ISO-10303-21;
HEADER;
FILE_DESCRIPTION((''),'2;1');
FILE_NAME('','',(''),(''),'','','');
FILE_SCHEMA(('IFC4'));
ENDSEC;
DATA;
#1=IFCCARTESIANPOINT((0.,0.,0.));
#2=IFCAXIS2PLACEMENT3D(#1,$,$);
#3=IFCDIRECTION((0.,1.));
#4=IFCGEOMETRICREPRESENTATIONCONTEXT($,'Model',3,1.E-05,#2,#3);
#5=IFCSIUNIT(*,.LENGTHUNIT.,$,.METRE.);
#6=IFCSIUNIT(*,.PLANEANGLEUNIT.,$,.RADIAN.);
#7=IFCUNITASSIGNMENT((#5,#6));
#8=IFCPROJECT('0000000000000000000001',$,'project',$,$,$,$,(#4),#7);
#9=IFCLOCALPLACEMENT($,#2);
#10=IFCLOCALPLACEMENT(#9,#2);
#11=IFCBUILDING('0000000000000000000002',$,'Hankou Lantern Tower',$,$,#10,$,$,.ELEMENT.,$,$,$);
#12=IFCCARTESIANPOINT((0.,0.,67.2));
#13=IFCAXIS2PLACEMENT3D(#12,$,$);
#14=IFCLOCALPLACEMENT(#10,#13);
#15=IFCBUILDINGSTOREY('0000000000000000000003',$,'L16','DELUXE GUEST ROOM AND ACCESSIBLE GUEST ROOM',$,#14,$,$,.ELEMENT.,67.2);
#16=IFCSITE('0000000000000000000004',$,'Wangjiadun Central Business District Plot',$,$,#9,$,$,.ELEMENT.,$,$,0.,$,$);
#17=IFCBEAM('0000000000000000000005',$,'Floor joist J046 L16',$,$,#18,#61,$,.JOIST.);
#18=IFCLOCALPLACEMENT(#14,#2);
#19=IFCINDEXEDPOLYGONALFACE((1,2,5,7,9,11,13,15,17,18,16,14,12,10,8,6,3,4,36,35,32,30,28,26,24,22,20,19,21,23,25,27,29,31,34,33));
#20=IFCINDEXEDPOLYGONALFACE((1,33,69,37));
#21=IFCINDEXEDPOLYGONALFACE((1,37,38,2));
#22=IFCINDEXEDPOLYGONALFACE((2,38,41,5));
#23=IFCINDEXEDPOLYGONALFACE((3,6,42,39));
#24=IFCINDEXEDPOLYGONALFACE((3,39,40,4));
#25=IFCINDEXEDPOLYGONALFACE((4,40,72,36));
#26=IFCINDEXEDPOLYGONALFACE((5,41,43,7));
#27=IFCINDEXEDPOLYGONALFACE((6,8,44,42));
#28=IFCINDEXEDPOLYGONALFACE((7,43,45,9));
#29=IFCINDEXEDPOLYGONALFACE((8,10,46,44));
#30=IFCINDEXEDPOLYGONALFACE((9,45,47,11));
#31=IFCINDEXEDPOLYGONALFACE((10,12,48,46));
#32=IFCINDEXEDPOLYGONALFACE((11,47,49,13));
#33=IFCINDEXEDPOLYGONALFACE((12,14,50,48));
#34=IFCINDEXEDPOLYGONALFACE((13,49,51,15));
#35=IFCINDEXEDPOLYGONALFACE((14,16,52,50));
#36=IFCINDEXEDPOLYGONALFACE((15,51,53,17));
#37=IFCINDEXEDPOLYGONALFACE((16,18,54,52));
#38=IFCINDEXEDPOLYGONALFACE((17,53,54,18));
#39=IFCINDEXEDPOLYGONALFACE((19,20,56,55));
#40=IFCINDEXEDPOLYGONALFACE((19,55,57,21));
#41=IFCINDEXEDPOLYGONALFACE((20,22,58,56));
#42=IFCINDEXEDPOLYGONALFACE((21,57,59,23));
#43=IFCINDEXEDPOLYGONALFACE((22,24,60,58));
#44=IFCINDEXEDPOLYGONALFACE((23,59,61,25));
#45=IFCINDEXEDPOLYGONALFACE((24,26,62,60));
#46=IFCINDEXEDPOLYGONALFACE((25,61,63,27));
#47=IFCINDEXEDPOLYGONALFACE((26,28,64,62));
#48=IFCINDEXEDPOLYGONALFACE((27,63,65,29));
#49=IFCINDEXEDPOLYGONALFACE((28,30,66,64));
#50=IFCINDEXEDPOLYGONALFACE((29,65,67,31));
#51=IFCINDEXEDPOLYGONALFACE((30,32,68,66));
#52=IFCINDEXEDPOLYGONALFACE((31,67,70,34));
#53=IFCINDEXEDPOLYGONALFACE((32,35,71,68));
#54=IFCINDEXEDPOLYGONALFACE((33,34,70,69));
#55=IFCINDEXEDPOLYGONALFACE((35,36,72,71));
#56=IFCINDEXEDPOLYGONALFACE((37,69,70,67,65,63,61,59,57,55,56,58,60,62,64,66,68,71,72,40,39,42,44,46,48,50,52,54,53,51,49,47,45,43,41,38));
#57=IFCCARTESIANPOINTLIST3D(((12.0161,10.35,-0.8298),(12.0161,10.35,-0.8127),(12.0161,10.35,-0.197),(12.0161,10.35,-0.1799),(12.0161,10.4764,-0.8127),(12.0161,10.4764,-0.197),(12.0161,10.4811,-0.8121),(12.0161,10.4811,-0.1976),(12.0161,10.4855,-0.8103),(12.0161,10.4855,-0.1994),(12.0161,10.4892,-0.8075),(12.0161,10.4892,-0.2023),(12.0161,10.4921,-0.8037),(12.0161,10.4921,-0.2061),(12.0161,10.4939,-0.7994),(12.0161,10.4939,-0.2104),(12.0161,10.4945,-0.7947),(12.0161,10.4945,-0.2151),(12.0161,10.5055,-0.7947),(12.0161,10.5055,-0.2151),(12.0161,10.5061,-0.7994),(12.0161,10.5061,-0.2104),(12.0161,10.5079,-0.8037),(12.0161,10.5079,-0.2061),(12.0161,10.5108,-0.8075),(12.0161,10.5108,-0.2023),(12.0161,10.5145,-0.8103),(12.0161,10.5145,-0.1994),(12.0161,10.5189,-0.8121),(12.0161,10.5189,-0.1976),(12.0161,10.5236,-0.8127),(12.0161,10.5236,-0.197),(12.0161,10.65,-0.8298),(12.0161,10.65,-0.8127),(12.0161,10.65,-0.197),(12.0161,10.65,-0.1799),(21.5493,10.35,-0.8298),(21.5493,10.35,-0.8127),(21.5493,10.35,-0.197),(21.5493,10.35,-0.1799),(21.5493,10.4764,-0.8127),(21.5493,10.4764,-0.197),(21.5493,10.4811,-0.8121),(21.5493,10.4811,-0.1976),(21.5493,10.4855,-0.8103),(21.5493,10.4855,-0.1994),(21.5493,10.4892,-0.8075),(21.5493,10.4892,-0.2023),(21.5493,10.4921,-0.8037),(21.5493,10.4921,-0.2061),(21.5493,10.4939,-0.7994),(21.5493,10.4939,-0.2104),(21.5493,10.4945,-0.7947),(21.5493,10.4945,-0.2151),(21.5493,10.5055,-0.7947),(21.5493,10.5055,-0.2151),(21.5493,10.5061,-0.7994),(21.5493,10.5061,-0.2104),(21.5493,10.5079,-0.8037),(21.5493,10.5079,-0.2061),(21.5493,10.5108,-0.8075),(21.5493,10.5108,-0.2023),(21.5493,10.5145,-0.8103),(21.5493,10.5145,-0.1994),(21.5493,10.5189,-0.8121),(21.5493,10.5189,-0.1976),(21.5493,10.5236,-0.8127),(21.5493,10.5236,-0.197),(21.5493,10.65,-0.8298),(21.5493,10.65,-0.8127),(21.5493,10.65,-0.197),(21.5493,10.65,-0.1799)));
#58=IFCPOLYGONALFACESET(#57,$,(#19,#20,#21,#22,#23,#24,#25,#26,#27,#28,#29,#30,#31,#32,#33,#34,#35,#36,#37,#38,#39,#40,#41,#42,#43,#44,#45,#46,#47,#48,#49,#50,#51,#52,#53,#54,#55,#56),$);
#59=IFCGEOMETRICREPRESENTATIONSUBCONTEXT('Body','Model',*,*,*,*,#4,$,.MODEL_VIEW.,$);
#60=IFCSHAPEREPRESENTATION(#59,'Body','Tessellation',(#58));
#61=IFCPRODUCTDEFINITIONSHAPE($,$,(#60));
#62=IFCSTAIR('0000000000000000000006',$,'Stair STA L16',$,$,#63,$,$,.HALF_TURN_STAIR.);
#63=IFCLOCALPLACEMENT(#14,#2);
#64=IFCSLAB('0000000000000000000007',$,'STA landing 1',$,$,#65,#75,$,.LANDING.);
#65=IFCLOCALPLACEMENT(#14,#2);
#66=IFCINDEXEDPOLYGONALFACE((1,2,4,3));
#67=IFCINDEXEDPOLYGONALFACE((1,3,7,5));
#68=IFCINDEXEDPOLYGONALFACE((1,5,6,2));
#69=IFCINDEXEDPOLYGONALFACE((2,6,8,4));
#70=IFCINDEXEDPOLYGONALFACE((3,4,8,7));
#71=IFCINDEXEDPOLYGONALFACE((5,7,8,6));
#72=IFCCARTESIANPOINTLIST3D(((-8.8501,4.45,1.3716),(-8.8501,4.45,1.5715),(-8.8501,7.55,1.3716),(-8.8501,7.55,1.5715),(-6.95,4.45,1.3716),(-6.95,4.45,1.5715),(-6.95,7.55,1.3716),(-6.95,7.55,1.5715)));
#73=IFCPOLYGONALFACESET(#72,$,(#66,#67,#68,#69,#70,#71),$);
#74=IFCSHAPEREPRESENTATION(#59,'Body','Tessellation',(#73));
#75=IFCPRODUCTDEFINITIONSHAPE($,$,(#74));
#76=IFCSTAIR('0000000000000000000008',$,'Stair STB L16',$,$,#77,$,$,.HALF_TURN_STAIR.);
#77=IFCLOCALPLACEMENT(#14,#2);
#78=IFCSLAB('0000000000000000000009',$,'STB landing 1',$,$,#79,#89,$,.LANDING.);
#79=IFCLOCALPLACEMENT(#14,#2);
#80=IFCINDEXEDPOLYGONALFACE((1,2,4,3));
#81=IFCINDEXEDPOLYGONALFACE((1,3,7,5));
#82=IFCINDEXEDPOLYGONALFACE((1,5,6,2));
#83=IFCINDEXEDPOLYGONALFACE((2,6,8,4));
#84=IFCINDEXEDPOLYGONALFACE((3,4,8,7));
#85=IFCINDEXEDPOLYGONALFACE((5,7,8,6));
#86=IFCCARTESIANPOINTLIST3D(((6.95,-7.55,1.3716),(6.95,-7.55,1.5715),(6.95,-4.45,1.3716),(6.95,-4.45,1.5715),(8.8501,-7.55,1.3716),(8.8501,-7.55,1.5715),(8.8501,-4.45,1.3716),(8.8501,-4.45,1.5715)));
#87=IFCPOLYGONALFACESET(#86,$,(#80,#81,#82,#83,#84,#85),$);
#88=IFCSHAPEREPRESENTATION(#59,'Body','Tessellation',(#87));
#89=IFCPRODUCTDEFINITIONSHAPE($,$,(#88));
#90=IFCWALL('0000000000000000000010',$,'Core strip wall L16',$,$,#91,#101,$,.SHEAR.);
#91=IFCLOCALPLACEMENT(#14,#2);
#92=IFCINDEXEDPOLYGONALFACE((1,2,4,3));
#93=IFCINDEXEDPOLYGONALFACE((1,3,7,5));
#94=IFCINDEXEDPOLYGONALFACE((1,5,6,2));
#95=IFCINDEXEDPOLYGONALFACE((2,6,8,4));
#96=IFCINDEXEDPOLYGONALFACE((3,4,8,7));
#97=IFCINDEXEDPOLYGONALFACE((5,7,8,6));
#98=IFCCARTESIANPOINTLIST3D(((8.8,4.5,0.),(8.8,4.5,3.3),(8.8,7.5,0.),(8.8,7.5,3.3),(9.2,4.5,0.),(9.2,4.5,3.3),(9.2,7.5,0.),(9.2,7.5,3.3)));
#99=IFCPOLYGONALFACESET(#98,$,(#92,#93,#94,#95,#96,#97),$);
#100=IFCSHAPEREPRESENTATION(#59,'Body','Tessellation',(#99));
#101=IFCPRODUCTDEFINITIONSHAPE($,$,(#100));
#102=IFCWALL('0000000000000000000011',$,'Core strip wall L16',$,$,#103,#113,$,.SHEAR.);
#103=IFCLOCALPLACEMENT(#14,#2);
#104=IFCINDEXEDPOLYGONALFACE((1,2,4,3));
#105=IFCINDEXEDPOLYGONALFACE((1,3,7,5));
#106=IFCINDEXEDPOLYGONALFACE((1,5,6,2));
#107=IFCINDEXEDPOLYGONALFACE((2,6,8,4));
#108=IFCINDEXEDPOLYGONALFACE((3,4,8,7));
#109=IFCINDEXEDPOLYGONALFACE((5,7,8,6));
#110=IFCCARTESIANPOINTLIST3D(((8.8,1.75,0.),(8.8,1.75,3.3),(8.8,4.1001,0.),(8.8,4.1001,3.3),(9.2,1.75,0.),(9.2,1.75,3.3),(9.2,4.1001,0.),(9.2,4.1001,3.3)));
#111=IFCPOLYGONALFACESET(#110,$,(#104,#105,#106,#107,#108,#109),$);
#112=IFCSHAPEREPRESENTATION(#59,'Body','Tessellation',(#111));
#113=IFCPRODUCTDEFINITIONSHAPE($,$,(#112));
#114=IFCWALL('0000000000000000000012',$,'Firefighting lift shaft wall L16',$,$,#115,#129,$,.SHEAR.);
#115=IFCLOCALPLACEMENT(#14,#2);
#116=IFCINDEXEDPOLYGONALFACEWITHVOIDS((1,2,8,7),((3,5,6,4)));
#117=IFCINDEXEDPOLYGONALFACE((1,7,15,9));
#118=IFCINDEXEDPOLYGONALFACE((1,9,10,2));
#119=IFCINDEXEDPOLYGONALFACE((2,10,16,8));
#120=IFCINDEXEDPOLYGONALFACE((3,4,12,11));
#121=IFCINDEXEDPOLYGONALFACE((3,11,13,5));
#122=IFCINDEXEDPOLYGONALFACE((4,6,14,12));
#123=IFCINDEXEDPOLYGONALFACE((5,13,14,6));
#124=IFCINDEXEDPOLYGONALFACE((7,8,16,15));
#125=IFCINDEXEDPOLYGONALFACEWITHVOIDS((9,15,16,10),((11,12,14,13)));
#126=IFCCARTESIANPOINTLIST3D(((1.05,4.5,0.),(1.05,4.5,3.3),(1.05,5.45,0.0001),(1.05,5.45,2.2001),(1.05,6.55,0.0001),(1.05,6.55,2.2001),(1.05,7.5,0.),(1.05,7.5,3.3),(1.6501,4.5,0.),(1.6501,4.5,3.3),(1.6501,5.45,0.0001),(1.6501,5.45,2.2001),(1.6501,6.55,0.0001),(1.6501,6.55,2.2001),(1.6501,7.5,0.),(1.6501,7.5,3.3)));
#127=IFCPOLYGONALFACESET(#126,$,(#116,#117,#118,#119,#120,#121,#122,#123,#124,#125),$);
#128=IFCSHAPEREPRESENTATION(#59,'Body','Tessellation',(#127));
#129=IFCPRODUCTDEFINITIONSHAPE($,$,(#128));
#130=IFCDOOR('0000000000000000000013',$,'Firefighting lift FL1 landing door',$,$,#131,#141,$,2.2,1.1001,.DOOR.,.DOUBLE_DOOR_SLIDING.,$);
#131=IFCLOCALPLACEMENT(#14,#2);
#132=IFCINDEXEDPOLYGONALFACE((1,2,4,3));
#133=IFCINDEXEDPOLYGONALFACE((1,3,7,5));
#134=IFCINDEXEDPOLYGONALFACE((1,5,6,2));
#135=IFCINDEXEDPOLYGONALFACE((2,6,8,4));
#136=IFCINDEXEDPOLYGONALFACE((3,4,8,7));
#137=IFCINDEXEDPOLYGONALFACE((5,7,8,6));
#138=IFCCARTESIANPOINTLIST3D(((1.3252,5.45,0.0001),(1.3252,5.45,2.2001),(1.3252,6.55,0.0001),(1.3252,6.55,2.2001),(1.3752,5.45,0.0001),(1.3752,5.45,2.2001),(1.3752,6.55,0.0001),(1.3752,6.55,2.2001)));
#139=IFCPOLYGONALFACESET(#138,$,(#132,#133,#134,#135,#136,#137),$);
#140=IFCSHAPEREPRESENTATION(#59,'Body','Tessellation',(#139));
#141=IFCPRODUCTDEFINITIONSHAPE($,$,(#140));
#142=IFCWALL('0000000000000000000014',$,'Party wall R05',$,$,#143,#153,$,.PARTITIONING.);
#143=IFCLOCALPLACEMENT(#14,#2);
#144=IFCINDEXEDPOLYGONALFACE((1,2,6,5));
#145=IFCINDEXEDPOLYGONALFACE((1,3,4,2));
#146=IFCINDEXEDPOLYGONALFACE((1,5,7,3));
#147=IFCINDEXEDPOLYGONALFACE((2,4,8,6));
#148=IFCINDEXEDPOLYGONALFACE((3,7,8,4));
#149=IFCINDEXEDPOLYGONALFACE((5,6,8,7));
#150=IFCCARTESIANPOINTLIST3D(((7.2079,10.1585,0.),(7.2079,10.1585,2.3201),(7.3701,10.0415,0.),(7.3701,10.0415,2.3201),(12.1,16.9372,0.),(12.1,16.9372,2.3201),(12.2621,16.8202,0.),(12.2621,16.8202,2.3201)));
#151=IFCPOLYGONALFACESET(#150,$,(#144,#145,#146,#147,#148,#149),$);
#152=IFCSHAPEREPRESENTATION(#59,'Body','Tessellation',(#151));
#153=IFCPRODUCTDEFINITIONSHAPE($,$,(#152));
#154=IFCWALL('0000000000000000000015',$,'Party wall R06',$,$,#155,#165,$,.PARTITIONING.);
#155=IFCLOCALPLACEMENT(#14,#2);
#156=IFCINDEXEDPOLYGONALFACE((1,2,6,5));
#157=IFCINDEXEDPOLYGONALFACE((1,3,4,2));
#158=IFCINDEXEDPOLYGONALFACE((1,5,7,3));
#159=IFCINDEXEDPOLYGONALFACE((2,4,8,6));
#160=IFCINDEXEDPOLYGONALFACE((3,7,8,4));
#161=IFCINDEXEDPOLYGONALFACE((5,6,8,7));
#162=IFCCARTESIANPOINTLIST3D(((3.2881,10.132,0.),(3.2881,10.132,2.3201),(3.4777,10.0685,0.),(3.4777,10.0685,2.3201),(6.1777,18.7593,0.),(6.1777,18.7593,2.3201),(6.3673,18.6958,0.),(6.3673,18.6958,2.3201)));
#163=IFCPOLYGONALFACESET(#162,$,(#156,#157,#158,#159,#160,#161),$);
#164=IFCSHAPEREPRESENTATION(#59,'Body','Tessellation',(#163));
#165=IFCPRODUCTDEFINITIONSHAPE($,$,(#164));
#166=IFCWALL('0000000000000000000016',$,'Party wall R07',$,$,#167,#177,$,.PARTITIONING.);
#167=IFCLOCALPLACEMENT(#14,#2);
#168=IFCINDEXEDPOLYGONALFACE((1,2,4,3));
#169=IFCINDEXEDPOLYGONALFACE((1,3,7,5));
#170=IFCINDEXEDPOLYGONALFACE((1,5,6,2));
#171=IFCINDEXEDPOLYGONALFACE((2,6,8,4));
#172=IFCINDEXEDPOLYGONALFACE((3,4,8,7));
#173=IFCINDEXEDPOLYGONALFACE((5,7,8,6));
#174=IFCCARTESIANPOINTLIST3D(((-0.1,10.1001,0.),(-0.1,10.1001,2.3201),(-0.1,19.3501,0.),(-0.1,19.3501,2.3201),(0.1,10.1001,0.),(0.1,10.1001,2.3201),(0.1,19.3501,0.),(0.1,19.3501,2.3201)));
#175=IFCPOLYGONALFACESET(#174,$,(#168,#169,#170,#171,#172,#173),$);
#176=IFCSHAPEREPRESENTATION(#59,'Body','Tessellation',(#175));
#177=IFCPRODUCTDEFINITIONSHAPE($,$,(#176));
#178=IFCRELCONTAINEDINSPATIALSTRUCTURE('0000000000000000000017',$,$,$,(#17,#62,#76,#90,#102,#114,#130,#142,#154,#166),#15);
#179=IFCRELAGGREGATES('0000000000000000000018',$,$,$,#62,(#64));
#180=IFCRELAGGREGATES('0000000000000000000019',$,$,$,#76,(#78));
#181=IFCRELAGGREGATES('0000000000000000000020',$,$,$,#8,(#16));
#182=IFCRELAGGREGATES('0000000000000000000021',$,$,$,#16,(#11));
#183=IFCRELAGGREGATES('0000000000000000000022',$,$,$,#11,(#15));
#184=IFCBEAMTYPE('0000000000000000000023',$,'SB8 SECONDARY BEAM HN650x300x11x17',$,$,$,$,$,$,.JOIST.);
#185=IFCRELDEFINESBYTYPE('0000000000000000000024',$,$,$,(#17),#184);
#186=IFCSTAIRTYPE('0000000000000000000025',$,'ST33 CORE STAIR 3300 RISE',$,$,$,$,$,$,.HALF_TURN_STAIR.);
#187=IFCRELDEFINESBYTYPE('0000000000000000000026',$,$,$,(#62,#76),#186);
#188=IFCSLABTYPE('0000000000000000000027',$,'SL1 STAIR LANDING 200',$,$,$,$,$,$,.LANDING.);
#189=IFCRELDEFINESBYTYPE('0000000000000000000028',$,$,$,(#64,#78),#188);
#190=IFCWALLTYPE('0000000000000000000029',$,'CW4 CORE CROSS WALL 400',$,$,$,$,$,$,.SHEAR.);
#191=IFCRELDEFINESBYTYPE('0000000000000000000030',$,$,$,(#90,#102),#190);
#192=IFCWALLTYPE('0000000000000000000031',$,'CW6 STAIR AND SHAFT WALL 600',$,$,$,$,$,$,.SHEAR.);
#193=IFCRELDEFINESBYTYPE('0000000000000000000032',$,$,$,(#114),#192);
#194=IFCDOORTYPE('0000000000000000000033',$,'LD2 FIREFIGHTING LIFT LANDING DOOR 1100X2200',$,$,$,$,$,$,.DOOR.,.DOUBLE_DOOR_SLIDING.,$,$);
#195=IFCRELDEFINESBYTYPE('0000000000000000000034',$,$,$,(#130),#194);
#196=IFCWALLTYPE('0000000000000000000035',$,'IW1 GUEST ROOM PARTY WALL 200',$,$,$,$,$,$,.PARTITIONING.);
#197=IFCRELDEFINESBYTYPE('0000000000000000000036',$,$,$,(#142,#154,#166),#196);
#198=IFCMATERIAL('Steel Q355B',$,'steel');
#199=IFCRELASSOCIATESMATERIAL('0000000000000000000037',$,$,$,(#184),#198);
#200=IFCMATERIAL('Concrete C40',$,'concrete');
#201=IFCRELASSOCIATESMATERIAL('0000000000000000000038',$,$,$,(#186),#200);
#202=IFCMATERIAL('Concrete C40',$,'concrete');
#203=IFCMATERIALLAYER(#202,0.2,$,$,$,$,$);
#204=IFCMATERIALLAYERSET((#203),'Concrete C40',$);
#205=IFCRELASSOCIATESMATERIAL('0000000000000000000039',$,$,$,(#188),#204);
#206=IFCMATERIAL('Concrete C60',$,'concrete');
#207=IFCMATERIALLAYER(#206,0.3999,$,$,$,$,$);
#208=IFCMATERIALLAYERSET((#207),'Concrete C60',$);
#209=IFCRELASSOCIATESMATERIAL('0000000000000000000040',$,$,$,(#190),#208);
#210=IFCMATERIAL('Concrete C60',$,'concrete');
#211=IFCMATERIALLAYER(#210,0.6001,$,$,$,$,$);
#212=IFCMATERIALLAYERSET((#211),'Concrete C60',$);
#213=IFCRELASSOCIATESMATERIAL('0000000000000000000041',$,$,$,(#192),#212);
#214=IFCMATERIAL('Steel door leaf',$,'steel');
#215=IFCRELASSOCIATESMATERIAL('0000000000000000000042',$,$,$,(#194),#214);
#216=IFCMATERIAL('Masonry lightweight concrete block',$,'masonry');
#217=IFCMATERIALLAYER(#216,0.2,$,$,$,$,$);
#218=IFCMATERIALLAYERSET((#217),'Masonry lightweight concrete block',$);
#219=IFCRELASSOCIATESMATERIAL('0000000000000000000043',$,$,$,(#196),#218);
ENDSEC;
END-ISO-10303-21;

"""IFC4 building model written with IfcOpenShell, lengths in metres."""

from ifc_helpers import new_model, si_unit, direction, frame, frame_2d, origin, origin_2d, place, context, subcontext, project, spatial, polyline, rectangle, i_section, outline, extrude, material, layer, layer_set, material_profile, profile_set, type_object, element, fill, aggregate, save


model = new_model("IFC4")

# Units and contexts
model_context = context("Model", 3, precision=1e-05, world=origin(), true_north=direction((0.0, 1.0)))
body_context = subcontext(model_context, "Body", "Model", "MODEL_VIEW")
ifc_project = project(units=[si_unit("LENGTHUNIT", "METRE"), si_unit("PLANEANGLEUNIT", "RADIAN")], contexts=[model_context])

# Site, building, storey
site_placement = place(None, origin())
site = spatial("IfcSite", under=ifc_project, at=site_placement, Name="Wangjiadun Central Business District Plot", CompositionType="ELEMENT", RefElevation=0.0)
building_placement = place(site_placement, origin())
building = spatial("IfcBuilding", under=site, at=building_placement, Name="Hankou Lantern Tower", CompositionType="ELEMENT")
storey_placement = place(building_placement, frame((0.0, 0.0, 67.2)))
storey = spatial("IfcBuildingStorey", under=building, at=storey_placement, Name="L16", Description="DELUXE GUEST ROOM AND ACCESSIBLE GUEST ROOM", CompositionType="ELEMENT", Elevation=67.2)

# Beam
ifc_material_1 = material(Name="Steel Q355B", Category="steel")
ifc_material_profile_1 = material_profile(ifc_material_1, i_section(OverallWidth=0.3, OverallDepth=0.6499, WebThickness=0.011, FlangeThickness=0.0171, FilletRadius=0.0181, at=origin_2d()), Name="HN650x300x11x17")
ifc_profile_set_1 = profile_set([ifc_material_profile_1], Name="Steel Q355B")
beam_type_1 = type_object("IfcBeamType", Name="SB8 SECONDARY BEAM HN650x300x11x17", PredefinedType="JOIST", material=ifc_profile_set_1)
beam_1_placement = place(storey_placement, frame((12.0161, 10.5, -0.5049), z_axis=(1.0, 0.0, 0.0), x_axis=(0.0, 1.0, 0.0)))
element("IfcBeam", 1, at=beam_1_placement, inside=storey, type_object=beam_type_1, Name="Floor joist J046 L16", PredefinedType="JOIST", context=body_context, shape_type="SweptSolid", body=[
    extrude(i_section(OverallWidth=0.3, OverallDepth=0.6499, WebThickness=0.011, FlangeThickness=0.0171, FilletRadius=0.0181, at=origin_2d()), origin(), (0.0, 0.0, 1.0), 9.5332),
])

# Stairs, slabs
ifc_material_2 = material(Name="Concrete C40", Category="concrete")
stair_type = type_object("IfcStairType", Name="ST33 CORE STAIR 3300 RISE", PredefinedType="HALF_TURN_STAIR", material=ifc_material_2)
stair_1_placement = place(storey_placement, origin())
stair_1 = element("IfcStair", 2, at=stair_1_placement, inside=storey, type_object=stair_type, Name="Stair STA L16", PredefinedType="HALF_TURN_STAIR")
ifc_material_3 = material(Name="Concrete C40", Category="concrete")
ifc_layer_1 = layer(ifc_material_3, 0.2)
ifc_layer_set_1 = layer_set([ifc_layer_1], Name="Concrete C40")
slab_type = type_object("IfcSlabType", Name="SL1 STAIR LANDING 200", PredefinedType="LANDING", material=ifc_layer_set_1)
slab_1_placement = place(storey_placement, frame((0.0, 0.0, 1.3716)))
slab_1 = element("IfcSlab", 3, at=slab_1_placement, type_object=slab_type, Name="STA landing 1", PredefinedType="LANDING", context=body_context, shape_type="SweptSolid", body=[
    extrude(outline(polyline([(-8.8501, 4.45), (-6.95, 4.45), (-6.95, 7.55), (-8.8501, 7.55), (-8.8501, 4.45)])), origin(), (0.0, 0.0, 1.0), 0.2),
])
aggregate(stair_1, [slab_1])
stair_2_placement = place(storey_placement, origin())
stair_2 = element("IfcStair", 4, at=stair_2_placement, inside=storey, type_object=stair_type, Name="Stair STB L16", PredefinedType="HALF_TURN_STAIR")
slab_2_placement = place(storey_placement, frame((0.0, 0.0, 1.3716)))
slab_2 = element("IfcSlab", 5, at=slab_2_placement, type_object=slab_type, Name="STB landing 1", PredefinedType="LANDING", context=body_context, shape_type="SweptSolid", body=[
    extrude(outline(polyline([(8.8501, -4.45), (6.95, -4.45), (6.95, -7.55), (8.8501, -7.55), (8.8501, -4.45)])), origin(), (0.0, 0.0, 1.0), 0.2),
])
aggregate(stair_2, [slab_2])

# Walls
ifc_material_4 = material(Name="Concrete C60", Category="concrete")
ifc_layer_2 = layer(ifc_material_4, 0.3999)
ifc_layer_set_2 = layer_set([ifc_layer_2], Name="Concrete C60")
wall_type_1 = type_object("IfcWallType", Name="CW4 CORE CROSS WALL 400", PredefinedType="SHEAR", material=ifc_layer_set_2)
wall_1_placement = place(storey_placement, frame((9.0, 4.5, 0.0), z_axis=(0.0, 0.0, 1.0), x_axis=(0.0, 1.0, 0.0)))
element("IfcWall", 6, at=wall_1_placement, inside=storey, type_object=wall_type_1, Name="Core strip wall L16", PredefinedType="SHEAR", context=body_context, shape_type="SweptSolid", body=[
    extrude(rectangle(XDim=3.0, YDim=0.3999, at=frame_2d((1.5, 0.0))), origin(), (0.0, 0.0, 1.0), 3.3),
])
wall_2_placement = place(storey_placement, frame((9.0, 1.75, 0.0), z_axis=(0.0, 0.0, 1.0), x_axis=(0.0, 1.0, 0.0)))
element("IfcWall", 7, at=wall_2_placement, inside=storey, type_object=wall_type_1, Name="Core strip wall L16", PredefinedType="SHEAR", context=body_context, shape_type="SweptSolid", body=[
    extrude(rectangle(XDim=2.3501, YDim=0.3999, at=frame_2d((1.175, 0.0))), origin(), (0.0, 0.0, 1.0), 3.3),
])

# Wall, opening, door
ifc_material_5 = material(Name="Concrete C60", Category="concrete")
ifc_layer_3 = layer(ifc_material_5, 0.6001)
ifc_layer_set_3 = layer_set([ifc_layer_3], Name="Concrete C60")
wall_type_2 = type_object("IfcWallType", Name="CW6 STAIR AND SHAFT WALL 600", PredefinedType="SHEAR", material=ifc_layer_set_3)
wall_3_placement = place(storey_placement, frame((1.3501, 4.5, 0.0), z_axis=(0.0, 0.0, 1.0), x_axis=(0.0, 1.0, 0.0)))
wall_3 = element("IfcWall", 8, at=wall_3_placement, inside=storey, type_object=wall_type_2, Name="Firefighting lift shaft wall L16", PredefinedType="SHEAR", context=body_context, shape_type="SweptSolid", body=[
    extrude(rectangle(XDim=3.0, YDim=0.6001, at=frame_2d((1.5, 0.0))), origin(), (0.0, 0.0, 1.0), 3.3),
])
opening_1_placement = place(wall_3_placement, frame((0.95, 0.0, 0.0)))
opening_1 = element("IfcOpeningElement", 9, at=opening_1_placement, cuts=wall_3, PredefinedType="OPENING", context=body_context, shape_type="SweptSolid", body=[
    extrude(rectangle(XDim=1.1001, YDim=2.2, at=frame_2d((0.55, 1.1001))), frame((0.0, 0.3101, 0.0), z_axis=(0.0, -1.0, 0.0), x_axis=(1.0, 0.0, 0.0)), (0.0, 0.0, 1.0), 0.6201),
])
ifc_material_6 = material(Name="Steel door leaf", Category="steel")
door_type_1 = type_object("IfcDoorType", Name="LD2 FIREFIGHTING LIFT LANDING DOOR 1100X2200", OperationType="DOUBLE_DOOR_SLIDING", PredefinedType="DOOR", material=ifc_material_6)
door_1_placement = place(opening_1_placement, origin())
door_1 = element("IfcDoor", 10, at=door_1_placement, inside=storey, type_object=door_type_1, Name="Firefighting lift FL1 landing door", OperationType="DOUBLE_DOOR_SLIDING", OverallHeight=2.2, OverallWidth=1.1001, PredefinedType="DOOR", context=body_context, shape_type="SweptSolid", body=[
    extrude(rectangle(XDim=1.1001, YDim=2.2, at=frame_2d((0.55, 1.1001))), frame((0.0, 0.0249, 0.0), z_axis=(0.0, -1.0, 0.0), x_axis=(1.0, 0.0, 0.0)), (0.0, 0.0, 1.0), 0.05),
])
fill(opening_1, door_1)

# Walls
ifc_material_7 = material(Name="Masonry lightweight concrete block", Category="masonry")
ifc_layer_4 = layer(ifc_material_7, 0.2)
ifc_layer_set_4 = layer_set([ifc_layer_4], Name="Masonry lightweight concrete block")
wall_type_3 = type_object("IfcWallType", Name="IW1 GUEST ROOM PARTY WALL 200", PredefinedType="PARTITIONING", material=ifc_layer_set_4)
wall_4_placement = place(storey_placement, frame((7.2891, 10.1001, 0.0), z_axis=(0.0, 0.0, 1.0), x_axis=(0.585198, 0.81089, 0.0)))
element("IfcWall", 11, at=wall_4_placement, inside=storey, type_object=wall_type_3, Name="Party wall R05", PredefinedType="PARTITIONING", context=body_context, shape_type="SweptSolid", body=[
    extrude(rectangle(XDim=8.3596, YDim=0.2, at=frame_2d((4.1797, 0.0))), origin(), (0.0, 0.0, 1.0), 2.3201),
])
wall_5_placement = place(storey_placement, frame((3.3828, 10.1001, 0.0), z_axis=(0.0, 0.0, 1.0), x_axis=(0.317596, 0.948226, 0.0)))
element("IfcWall", 12, at=wall_5_placement, inside=storey, type_object=wall_type_3, Name="Party wall R06", PredefinedType="PARTITIONING", context=body_context, shape_type="SweptSolid", body=[
    extrude(rectangle(XDim=9.0984, YDim=0.2, at=frame_2d((4.5493, 0.0))), origin(), (0.0, 0.0, 1.0), 2.3201),
])
wall_6_placement = place(storey_placement, frame((0.0, 10.1001, 0.0), z_axis=(0.0, 0.0, 1.0), x_axis=(0.0, 1.0, 0.0)))
element("IfcWall", 13, at=wall_6_placement, inside=storey, type_object=wall_type_3, Name="Party wall R07", PredefinedType="PARTITIONING", context=body_context, shape_type="SweptSolid", body=[
    extrude(rectangle(XDim=9.25, YDim=0.2, at=frame_2d((4.625, 0.0))), origin(), (0.0, 0.0, 1.0), 2.3201),
])

save(model, "model.ifc")
